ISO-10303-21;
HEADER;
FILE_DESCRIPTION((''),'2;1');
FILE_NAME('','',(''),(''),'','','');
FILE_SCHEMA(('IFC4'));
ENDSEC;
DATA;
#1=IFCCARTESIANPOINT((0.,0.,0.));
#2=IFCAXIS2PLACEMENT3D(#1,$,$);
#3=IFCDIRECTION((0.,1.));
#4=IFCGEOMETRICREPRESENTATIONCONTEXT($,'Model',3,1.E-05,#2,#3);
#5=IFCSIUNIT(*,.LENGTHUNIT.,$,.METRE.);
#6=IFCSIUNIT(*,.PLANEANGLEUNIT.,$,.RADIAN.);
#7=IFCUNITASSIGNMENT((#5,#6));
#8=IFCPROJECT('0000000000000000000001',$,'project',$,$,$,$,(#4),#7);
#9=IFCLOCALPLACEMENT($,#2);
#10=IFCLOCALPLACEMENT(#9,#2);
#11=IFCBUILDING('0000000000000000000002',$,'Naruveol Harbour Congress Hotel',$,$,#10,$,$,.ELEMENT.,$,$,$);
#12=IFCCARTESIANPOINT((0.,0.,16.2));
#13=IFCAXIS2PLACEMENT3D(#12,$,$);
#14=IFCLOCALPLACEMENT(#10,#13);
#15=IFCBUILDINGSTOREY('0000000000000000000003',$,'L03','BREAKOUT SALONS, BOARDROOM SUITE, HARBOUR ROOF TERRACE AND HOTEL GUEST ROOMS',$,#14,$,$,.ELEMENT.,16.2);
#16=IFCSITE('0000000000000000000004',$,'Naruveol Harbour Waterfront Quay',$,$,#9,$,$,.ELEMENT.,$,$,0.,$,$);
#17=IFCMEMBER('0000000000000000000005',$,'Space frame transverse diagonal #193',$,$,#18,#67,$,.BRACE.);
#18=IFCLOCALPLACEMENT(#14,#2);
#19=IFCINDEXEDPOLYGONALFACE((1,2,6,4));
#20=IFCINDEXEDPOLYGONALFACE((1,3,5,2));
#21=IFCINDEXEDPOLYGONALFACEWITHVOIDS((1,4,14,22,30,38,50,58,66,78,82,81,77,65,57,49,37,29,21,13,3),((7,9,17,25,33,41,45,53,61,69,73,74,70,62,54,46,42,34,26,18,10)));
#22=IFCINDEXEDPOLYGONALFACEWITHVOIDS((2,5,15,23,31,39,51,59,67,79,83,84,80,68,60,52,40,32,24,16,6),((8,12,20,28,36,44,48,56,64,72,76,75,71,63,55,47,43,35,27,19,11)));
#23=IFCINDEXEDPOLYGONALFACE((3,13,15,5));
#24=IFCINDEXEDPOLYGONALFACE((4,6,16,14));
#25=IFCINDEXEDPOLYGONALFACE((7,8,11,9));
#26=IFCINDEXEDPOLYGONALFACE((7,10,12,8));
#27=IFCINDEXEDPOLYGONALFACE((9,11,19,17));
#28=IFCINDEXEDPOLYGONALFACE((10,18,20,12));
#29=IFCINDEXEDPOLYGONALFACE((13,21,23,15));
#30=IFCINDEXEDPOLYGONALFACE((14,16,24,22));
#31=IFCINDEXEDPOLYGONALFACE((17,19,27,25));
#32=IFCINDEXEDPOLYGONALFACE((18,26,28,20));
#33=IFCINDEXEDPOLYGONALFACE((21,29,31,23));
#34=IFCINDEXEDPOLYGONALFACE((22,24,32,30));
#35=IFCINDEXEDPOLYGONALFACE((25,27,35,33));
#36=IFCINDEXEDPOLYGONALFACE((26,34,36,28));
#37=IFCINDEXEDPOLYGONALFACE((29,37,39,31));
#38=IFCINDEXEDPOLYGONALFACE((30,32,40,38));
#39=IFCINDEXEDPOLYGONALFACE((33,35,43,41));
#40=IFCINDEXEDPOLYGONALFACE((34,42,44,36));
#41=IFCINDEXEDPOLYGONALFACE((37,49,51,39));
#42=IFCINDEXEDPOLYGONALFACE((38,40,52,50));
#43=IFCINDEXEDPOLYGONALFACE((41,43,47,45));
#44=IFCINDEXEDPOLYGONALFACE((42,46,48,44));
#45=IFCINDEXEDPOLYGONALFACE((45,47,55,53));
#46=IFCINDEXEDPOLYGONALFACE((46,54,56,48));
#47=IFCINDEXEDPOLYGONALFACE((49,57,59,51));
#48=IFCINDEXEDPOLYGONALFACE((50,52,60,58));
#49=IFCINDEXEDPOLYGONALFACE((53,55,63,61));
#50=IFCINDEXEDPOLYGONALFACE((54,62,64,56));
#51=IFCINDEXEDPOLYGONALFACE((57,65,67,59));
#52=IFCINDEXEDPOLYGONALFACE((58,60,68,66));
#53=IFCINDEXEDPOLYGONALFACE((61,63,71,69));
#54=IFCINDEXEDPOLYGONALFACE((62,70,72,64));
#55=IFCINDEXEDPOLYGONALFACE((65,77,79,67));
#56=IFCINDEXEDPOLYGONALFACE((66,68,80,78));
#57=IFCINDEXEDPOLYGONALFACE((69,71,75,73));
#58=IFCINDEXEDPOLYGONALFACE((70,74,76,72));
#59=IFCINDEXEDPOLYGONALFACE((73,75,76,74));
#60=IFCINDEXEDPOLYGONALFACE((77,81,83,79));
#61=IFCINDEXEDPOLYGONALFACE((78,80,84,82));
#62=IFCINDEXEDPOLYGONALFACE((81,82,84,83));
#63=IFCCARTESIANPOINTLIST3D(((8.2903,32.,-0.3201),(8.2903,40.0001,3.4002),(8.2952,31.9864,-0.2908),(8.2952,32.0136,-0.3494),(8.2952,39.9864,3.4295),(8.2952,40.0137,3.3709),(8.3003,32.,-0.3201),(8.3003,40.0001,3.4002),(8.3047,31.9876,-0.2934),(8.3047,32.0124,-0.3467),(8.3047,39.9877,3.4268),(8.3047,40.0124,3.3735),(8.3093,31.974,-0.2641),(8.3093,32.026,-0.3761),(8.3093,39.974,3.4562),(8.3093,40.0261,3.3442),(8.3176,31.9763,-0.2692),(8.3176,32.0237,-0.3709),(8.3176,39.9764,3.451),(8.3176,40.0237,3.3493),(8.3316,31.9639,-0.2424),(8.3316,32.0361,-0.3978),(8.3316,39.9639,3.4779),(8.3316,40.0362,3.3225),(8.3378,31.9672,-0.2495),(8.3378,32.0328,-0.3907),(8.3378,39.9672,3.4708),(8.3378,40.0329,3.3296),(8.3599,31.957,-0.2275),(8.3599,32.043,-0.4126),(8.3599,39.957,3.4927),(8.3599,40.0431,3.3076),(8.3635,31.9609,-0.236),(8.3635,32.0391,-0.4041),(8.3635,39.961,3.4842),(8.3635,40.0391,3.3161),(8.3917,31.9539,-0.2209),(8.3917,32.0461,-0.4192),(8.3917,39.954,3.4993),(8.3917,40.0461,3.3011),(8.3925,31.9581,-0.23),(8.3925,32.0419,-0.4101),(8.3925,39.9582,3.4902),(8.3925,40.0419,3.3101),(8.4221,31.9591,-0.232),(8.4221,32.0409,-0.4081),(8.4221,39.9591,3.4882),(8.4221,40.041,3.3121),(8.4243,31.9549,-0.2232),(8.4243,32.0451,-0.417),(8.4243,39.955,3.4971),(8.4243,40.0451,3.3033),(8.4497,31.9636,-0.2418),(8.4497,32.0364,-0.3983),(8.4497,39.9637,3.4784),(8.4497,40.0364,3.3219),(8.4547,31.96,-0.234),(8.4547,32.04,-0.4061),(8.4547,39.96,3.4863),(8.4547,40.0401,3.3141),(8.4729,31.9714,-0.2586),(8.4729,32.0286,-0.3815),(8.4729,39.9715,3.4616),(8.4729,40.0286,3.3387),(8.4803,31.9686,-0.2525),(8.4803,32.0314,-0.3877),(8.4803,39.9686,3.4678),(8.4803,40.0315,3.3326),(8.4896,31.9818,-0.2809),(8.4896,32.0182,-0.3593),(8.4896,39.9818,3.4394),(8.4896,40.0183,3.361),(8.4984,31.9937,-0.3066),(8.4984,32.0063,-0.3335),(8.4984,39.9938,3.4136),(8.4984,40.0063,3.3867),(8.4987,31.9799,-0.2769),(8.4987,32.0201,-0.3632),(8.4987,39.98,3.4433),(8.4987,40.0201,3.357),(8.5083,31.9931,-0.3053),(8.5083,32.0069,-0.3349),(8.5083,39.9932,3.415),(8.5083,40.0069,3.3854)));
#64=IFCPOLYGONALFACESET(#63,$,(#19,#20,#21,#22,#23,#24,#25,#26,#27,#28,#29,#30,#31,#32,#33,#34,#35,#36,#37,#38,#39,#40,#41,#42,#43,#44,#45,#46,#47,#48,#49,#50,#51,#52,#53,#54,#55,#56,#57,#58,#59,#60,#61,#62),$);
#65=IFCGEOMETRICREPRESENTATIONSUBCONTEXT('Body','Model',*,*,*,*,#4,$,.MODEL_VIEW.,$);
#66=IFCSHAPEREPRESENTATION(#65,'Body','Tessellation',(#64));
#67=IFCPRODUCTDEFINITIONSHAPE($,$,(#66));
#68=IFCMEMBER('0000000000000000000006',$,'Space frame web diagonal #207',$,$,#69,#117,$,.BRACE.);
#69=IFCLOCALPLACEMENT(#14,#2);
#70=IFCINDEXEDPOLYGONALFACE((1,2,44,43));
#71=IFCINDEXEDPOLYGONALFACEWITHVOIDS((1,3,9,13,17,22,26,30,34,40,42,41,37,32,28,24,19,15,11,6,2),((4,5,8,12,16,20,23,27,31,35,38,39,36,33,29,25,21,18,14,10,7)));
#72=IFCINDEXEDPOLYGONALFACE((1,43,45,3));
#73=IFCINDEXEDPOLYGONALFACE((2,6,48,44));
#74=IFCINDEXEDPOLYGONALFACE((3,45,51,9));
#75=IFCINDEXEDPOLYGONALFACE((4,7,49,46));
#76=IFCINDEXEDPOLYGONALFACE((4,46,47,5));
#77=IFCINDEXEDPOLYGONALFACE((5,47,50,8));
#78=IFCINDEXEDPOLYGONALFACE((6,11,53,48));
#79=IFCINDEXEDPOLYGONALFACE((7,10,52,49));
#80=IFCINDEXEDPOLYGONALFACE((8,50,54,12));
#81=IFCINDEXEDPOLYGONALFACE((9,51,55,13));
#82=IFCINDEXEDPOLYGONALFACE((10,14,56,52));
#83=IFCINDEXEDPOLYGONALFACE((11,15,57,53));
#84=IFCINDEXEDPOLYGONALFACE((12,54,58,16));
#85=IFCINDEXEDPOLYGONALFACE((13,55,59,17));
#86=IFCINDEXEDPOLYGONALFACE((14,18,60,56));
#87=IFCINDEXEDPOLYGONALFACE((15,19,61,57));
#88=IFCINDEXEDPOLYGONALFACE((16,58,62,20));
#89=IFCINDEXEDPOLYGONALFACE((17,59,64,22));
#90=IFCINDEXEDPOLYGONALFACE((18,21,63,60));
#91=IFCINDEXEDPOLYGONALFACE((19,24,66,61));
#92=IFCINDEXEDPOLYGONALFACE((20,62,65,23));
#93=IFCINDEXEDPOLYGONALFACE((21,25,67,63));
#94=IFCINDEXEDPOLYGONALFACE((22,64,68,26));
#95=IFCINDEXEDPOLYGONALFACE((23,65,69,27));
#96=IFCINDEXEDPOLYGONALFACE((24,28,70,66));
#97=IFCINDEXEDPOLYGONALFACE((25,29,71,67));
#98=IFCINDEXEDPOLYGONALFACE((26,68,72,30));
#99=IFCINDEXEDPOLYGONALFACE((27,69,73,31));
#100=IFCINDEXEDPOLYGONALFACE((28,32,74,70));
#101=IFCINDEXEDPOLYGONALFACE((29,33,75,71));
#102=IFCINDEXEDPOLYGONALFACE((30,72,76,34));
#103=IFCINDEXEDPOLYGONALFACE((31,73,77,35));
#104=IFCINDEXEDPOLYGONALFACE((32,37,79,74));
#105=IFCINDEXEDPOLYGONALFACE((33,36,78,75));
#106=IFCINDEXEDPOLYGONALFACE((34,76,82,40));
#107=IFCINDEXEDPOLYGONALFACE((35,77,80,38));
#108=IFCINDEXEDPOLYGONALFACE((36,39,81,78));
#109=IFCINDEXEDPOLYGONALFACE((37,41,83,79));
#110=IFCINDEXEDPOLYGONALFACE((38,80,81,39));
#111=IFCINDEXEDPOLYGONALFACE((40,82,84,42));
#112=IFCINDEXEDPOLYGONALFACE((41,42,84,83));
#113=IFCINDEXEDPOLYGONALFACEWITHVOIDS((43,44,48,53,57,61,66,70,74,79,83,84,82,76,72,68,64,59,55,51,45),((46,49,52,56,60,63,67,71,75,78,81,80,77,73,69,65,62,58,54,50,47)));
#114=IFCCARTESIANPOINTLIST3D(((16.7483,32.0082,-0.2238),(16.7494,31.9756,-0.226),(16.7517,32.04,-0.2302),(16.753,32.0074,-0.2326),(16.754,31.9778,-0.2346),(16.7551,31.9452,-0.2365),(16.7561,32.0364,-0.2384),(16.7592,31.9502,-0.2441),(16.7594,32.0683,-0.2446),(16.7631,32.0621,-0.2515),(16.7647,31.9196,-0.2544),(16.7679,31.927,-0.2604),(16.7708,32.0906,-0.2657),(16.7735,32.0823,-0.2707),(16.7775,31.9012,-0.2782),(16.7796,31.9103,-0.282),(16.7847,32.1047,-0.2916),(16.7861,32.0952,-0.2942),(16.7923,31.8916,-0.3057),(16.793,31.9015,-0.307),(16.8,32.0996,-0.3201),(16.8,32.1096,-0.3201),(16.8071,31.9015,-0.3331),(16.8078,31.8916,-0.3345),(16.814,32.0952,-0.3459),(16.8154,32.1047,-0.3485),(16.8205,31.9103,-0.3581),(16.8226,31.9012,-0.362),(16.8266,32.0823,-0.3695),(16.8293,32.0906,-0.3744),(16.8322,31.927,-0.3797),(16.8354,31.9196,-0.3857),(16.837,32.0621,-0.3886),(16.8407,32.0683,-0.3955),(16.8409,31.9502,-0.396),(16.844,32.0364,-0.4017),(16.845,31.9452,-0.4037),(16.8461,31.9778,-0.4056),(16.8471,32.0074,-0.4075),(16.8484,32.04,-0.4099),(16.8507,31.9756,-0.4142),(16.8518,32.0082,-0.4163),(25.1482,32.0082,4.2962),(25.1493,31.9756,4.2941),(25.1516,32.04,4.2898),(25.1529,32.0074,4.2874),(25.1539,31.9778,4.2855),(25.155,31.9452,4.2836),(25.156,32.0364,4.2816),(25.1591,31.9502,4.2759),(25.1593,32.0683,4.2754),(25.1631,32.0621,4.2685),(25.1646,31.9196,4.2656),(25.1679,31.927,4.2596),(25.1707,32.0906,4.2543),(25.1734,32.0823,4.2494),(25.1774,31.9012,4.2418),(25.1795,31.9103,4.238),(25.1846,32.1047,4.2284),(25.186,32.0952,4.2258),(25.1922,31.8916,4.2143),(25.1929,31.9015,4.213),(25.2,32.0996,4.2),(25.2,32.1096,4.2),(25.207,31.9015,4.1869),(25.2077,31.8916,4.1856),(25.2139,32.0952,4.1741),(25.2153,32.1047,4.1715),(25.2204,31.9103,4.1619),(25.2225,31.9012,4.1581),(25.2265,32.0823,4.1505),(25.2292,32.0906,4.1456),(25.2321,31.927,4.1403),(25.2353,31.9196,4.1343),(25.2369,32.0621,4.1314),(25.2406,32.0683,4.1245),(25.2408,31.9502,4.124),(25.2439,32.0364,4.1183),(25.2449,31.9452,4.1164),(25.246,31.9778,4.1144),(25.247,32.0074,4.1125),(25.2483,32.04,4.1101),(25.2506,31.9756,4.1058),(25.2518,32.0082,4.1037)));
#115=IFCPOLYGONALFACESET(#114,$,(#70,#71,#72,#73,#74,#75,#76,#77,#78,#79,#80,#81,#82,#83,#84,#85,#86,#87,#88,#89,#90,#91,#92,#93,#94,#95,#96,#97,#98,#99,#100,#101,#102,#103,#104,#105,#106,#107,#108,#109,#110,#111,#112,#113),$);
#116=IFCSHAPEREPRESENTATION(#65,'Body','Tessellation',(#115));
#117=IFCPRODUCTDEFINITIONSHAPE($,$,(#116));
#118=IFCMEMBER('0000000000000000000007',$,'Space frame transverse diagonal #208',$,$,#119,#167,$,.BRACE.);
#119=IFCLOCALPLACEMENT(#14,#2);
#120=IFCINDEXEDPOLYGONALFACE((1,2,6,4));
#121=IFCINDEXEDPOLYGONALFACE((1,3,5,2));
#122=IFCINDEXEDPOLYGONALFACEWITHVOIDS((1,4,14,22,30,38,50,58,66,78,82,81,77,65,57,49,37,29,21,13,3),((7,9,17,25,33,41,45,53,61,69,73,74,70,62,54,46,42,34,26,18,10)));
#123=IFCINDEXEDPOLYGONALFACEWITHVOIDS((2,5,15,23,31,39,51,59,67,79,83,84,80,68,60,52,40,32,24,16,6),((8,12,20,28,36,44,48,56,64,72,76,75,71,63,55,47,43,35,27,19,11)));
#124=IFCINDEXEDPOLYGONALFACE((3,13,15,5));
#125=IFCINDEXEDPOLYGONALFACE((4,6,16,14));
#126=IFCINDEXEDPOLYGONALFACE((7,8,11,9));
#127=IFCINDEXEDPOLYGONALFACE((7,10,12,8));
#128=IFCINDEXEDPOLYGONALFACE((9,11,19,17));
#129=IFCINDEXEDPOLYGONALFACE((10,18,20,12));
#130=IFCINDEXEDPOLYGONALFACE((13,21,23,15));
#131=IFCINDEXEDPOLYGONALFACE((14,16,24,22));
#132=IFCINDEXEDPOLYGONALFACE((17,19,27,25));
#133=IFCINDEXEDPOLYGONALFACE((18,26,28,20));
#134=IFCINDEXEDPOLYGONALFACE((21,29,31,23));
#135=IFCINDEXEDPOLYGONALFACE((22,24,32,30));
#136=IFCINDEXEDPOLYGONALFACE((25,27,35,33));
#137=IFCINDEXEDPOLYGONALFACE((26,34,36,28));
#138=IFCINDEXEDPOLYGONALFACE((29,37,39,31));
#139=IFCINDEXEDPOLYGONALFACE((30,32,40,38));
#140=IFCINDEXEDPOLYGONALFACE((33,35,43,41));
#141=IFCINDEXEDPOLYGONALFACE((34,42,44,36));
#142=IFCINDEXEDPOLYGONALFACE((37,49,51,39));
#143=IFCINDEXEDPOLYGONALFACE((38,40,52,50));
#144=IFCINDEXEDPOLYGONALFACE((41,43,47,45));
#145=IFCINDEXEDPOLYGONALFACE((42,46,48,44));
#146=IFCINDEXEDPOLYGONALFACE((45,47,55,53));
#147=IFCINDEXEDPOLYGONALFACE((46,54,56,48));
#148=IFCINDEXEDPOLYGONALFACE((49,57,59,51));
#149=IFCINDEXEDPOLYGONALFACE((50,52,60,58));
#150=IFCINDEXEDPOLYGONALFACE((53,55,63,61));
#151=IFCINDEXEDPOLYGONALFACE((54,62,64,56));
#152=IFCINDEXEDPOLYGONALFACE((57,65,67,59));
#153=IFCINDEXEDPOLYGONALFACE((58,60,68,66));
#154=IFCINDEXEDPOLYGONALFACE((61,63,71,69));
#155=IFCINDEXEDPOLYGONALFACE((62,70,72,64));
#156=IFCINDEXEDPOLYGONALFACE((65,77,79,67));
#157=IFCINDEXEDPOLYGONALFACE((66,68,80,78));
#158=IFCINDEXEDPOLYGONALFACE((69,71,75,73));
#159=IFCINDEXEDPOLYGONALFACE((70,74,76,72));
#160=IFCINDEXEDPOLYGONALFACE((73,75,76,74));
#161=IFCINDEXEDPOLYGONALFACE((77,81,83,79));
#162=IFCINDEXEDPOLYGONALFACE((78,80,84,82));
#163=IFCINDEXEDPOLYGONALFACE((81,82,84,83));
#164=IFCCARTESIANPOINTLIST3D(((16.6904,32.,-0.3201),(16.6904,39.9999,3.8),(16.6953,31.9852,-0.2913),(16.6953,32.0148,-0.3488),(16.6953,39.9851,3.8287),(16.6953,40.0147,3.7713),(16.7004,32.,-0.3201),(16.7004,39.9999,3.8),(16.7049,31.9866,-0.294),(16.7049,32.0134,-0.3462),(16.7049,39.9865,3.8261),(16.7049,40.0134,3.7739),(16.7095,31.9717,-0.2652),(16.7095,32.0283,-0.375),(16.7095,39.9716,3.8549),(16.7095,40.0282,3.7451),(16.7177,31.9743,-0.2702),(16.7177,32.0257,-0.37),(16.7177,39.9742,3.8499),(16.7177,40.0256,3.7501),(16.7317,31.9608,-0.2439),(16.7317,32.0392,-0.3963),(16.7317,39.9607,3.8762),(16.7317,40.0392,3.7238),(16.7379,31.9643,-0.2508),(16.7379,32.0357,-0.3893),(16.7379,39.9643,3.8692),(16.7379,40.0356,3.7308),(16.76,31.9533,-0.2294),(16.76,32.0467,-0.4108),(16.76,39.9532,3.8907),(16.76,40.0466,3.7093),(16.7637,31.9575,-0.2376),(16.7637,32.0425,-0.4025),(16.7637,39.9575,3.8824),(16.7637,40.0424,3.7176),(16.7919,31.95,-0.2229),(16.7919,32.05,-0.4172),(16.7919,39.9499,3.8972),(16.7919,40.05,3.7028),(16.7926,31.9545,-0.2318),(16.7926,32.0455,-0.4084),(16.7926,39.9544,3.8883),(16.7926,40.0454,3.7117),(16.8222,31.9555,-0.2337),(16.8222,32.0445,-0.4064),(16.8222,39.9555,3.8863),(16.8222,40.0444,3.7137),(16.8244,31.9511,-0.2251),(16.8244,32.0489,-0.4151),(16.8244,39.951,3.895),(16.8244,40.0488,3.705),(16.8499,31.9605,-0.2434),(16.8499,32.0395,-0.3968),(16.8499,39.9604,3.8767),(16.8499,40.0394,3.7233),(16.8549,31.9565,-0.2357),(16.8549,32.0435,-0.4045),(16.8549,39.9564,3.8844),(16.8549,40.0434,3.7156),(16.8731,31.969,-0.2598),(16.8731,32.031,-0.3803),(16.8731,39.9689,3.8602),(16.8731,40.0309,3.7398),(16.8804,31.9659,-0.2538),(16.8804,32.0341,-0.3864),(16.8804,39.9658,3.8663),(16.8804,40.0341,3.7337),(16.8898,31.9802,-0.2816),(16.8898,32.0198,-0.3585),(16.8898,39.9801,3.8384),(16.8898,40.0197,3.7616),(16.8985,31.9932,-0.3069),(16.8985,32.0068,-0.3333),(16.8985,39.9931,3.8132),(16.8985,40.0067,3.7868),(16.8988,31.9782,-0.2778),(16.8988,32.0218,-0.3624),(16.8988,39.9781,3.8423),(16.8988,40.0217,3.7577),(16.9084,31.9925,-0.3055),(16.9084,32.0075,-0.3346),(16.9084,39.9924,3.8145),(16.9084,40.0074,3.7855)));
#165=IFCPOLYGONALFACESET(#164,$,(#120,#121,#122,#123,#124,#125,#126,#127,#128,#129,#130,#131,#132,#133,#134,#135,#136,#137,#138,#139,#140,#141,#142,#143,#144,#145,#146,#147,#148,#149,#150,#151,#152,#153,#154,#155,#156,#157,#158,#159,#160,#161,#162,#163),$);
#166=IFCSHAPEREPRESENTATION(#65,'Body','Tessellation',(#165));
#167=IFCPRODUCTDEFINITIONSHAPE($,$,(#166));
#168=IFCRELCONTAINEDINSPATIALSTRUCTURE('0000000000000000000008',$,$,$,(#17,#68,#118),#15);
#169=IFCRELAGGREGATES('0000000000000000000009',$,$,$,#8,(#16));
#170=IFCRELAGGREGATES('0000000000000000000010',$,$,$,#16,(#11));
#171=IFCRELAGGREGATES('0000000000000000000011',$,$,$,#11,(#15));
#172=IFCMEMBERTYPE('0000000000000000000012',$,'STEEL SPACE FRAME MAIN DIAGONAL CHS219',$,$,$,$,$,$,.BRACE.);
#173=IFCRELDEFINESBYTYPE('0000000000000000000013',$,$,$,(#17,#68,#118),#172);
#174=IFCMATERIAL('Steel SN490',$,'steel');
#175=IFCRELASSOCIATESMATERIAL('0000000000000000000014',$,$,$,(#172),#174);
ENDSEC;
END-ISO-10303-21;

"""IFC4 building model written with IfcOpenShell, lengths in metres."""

from ifc_helpers import new_model, si_unit, direction, frame, origin, origin_2d, place, context, subcontext, project, spatial, hollow_circle, extrude, material, material_profile, profile_set, type_object, element, save


model = new_model("IFC4")

# Units and contexts
model_context = context("Model", 3, precision=1e-05, world=origin(), true_north=direction((0.0, 1.0)))
body_context = subcontext(model_context, "Body", "Model", "MODEL_VIEW")
ifc_project = project(units=[si_unit("LENGTHUNIT", "METRE"), si_unit("PLANEANGLEUNIT", "RADIAN")], contexts=[model_context])

# Site, building, storey
site_placement = place(None, origin())
site = spatial("IfcSite", under=ifc_project, at=site_placement, Name="Naruveol Harbour Waterfront Quay", CompositionType="ELEMENT", RefElevation=0.0)
building_placement = place(site_placement, origin())
building = spatial("IfcBuilding", under=site, at=building_placement, Name="Naruveol Harbour Congress Hotel", CompositionType="ELEMENT")
storey_placement = place(building_placement, frame((0.0, 0.0, 16.2)))
storey = spatial("IfcBuildingStorey", under=building, at=storey_placement, Name="L03", Description="BREAKOUT SALONS, BOARDROOM SUITE, HARBOUR ROOF TERRACE AND HOTEL GUEST ROOMS", CompositionType="ELEMENT", Elevation=16.2)

# Members
ifc_material_1 = material(Name="Steel SN490", Category="steel")
ifc_material_profile_1 = material_profile(ifc_material_1, hollow_circle(Radius=0.1096, WallThickness=0.01, at=origin_2d()), Name="CHS-219.1x10")
ifc_profile_set_1 = profile_set([ifc_material_profile_1], Name="Steel SN490")
member_type_1 = type_object("IfcMemberType", Name="STEEL SPACE FRAME MAIN DIAGONAL CHS219", PredefinedType="BRACE", material=ifc_profile_set_1)
member_1_placement = place(storey_placement, frame((8.3999, 32.0, -0.3201), z_axis=(0.0, 0.906752, 0.421664), x_axis=(-1.0, 0.0, 0.0)))
element("IfcMember", 1, at=member_1_placement, inside=storey, type_object=member_type_1, Name="Space frame transverse diagonal #193", PredefinedType="BRACE", context=body_context, shape_type="SweptSolid", body=[
    extrude(hollow_circle(Radius=0.1096, WallThickness=0.01, at=origin_2d()), origin(), (0.0, 0.0, 1.0), 8.8228),
])
member_2_placement = place(storey_placement, frame((16.8, 32.0, -0.3201), z_axis=(0.880603, 0.0, 0.473856), x_axis=(0.0, 1.0, 0.0)))
element("IfcMember", 2, at=member_2_placement, inside=storey, type_object=member_type_1, Name="Space frame web diagonal #207", PredefinedType="BRACE", context=body_context, shape_type="SweptSolid", body=[
    extrude(hollow_circle(Radius=0.1096, WallThickness=0.01, at=origin_2d()), origin(), (0.0, 0.0, 1.0), 9.5388),
])
member_3_placement = place(storey_placement, frame((16.8, 32.0, -0.3201), z_axis=(0.0, 0.889024, 0.45786), x_axis=(-1.0, 0.0, 0.0)))
element("IfcMember", 3, at=member_3_placement, inside=storey, type_object=member_type_1, Name="Space frame transverse diagonal #208", PredefinedType="BRACE", context=body_context, shape_type="SweptSolid", body=[
    extrude(hollow_circle(Radius=0.1096, WallThickness=0.01, at=origin_2d()), origin(), (0.0, 0.0, 1.0), 8.9985),
])

save(model, "model.ifc")
